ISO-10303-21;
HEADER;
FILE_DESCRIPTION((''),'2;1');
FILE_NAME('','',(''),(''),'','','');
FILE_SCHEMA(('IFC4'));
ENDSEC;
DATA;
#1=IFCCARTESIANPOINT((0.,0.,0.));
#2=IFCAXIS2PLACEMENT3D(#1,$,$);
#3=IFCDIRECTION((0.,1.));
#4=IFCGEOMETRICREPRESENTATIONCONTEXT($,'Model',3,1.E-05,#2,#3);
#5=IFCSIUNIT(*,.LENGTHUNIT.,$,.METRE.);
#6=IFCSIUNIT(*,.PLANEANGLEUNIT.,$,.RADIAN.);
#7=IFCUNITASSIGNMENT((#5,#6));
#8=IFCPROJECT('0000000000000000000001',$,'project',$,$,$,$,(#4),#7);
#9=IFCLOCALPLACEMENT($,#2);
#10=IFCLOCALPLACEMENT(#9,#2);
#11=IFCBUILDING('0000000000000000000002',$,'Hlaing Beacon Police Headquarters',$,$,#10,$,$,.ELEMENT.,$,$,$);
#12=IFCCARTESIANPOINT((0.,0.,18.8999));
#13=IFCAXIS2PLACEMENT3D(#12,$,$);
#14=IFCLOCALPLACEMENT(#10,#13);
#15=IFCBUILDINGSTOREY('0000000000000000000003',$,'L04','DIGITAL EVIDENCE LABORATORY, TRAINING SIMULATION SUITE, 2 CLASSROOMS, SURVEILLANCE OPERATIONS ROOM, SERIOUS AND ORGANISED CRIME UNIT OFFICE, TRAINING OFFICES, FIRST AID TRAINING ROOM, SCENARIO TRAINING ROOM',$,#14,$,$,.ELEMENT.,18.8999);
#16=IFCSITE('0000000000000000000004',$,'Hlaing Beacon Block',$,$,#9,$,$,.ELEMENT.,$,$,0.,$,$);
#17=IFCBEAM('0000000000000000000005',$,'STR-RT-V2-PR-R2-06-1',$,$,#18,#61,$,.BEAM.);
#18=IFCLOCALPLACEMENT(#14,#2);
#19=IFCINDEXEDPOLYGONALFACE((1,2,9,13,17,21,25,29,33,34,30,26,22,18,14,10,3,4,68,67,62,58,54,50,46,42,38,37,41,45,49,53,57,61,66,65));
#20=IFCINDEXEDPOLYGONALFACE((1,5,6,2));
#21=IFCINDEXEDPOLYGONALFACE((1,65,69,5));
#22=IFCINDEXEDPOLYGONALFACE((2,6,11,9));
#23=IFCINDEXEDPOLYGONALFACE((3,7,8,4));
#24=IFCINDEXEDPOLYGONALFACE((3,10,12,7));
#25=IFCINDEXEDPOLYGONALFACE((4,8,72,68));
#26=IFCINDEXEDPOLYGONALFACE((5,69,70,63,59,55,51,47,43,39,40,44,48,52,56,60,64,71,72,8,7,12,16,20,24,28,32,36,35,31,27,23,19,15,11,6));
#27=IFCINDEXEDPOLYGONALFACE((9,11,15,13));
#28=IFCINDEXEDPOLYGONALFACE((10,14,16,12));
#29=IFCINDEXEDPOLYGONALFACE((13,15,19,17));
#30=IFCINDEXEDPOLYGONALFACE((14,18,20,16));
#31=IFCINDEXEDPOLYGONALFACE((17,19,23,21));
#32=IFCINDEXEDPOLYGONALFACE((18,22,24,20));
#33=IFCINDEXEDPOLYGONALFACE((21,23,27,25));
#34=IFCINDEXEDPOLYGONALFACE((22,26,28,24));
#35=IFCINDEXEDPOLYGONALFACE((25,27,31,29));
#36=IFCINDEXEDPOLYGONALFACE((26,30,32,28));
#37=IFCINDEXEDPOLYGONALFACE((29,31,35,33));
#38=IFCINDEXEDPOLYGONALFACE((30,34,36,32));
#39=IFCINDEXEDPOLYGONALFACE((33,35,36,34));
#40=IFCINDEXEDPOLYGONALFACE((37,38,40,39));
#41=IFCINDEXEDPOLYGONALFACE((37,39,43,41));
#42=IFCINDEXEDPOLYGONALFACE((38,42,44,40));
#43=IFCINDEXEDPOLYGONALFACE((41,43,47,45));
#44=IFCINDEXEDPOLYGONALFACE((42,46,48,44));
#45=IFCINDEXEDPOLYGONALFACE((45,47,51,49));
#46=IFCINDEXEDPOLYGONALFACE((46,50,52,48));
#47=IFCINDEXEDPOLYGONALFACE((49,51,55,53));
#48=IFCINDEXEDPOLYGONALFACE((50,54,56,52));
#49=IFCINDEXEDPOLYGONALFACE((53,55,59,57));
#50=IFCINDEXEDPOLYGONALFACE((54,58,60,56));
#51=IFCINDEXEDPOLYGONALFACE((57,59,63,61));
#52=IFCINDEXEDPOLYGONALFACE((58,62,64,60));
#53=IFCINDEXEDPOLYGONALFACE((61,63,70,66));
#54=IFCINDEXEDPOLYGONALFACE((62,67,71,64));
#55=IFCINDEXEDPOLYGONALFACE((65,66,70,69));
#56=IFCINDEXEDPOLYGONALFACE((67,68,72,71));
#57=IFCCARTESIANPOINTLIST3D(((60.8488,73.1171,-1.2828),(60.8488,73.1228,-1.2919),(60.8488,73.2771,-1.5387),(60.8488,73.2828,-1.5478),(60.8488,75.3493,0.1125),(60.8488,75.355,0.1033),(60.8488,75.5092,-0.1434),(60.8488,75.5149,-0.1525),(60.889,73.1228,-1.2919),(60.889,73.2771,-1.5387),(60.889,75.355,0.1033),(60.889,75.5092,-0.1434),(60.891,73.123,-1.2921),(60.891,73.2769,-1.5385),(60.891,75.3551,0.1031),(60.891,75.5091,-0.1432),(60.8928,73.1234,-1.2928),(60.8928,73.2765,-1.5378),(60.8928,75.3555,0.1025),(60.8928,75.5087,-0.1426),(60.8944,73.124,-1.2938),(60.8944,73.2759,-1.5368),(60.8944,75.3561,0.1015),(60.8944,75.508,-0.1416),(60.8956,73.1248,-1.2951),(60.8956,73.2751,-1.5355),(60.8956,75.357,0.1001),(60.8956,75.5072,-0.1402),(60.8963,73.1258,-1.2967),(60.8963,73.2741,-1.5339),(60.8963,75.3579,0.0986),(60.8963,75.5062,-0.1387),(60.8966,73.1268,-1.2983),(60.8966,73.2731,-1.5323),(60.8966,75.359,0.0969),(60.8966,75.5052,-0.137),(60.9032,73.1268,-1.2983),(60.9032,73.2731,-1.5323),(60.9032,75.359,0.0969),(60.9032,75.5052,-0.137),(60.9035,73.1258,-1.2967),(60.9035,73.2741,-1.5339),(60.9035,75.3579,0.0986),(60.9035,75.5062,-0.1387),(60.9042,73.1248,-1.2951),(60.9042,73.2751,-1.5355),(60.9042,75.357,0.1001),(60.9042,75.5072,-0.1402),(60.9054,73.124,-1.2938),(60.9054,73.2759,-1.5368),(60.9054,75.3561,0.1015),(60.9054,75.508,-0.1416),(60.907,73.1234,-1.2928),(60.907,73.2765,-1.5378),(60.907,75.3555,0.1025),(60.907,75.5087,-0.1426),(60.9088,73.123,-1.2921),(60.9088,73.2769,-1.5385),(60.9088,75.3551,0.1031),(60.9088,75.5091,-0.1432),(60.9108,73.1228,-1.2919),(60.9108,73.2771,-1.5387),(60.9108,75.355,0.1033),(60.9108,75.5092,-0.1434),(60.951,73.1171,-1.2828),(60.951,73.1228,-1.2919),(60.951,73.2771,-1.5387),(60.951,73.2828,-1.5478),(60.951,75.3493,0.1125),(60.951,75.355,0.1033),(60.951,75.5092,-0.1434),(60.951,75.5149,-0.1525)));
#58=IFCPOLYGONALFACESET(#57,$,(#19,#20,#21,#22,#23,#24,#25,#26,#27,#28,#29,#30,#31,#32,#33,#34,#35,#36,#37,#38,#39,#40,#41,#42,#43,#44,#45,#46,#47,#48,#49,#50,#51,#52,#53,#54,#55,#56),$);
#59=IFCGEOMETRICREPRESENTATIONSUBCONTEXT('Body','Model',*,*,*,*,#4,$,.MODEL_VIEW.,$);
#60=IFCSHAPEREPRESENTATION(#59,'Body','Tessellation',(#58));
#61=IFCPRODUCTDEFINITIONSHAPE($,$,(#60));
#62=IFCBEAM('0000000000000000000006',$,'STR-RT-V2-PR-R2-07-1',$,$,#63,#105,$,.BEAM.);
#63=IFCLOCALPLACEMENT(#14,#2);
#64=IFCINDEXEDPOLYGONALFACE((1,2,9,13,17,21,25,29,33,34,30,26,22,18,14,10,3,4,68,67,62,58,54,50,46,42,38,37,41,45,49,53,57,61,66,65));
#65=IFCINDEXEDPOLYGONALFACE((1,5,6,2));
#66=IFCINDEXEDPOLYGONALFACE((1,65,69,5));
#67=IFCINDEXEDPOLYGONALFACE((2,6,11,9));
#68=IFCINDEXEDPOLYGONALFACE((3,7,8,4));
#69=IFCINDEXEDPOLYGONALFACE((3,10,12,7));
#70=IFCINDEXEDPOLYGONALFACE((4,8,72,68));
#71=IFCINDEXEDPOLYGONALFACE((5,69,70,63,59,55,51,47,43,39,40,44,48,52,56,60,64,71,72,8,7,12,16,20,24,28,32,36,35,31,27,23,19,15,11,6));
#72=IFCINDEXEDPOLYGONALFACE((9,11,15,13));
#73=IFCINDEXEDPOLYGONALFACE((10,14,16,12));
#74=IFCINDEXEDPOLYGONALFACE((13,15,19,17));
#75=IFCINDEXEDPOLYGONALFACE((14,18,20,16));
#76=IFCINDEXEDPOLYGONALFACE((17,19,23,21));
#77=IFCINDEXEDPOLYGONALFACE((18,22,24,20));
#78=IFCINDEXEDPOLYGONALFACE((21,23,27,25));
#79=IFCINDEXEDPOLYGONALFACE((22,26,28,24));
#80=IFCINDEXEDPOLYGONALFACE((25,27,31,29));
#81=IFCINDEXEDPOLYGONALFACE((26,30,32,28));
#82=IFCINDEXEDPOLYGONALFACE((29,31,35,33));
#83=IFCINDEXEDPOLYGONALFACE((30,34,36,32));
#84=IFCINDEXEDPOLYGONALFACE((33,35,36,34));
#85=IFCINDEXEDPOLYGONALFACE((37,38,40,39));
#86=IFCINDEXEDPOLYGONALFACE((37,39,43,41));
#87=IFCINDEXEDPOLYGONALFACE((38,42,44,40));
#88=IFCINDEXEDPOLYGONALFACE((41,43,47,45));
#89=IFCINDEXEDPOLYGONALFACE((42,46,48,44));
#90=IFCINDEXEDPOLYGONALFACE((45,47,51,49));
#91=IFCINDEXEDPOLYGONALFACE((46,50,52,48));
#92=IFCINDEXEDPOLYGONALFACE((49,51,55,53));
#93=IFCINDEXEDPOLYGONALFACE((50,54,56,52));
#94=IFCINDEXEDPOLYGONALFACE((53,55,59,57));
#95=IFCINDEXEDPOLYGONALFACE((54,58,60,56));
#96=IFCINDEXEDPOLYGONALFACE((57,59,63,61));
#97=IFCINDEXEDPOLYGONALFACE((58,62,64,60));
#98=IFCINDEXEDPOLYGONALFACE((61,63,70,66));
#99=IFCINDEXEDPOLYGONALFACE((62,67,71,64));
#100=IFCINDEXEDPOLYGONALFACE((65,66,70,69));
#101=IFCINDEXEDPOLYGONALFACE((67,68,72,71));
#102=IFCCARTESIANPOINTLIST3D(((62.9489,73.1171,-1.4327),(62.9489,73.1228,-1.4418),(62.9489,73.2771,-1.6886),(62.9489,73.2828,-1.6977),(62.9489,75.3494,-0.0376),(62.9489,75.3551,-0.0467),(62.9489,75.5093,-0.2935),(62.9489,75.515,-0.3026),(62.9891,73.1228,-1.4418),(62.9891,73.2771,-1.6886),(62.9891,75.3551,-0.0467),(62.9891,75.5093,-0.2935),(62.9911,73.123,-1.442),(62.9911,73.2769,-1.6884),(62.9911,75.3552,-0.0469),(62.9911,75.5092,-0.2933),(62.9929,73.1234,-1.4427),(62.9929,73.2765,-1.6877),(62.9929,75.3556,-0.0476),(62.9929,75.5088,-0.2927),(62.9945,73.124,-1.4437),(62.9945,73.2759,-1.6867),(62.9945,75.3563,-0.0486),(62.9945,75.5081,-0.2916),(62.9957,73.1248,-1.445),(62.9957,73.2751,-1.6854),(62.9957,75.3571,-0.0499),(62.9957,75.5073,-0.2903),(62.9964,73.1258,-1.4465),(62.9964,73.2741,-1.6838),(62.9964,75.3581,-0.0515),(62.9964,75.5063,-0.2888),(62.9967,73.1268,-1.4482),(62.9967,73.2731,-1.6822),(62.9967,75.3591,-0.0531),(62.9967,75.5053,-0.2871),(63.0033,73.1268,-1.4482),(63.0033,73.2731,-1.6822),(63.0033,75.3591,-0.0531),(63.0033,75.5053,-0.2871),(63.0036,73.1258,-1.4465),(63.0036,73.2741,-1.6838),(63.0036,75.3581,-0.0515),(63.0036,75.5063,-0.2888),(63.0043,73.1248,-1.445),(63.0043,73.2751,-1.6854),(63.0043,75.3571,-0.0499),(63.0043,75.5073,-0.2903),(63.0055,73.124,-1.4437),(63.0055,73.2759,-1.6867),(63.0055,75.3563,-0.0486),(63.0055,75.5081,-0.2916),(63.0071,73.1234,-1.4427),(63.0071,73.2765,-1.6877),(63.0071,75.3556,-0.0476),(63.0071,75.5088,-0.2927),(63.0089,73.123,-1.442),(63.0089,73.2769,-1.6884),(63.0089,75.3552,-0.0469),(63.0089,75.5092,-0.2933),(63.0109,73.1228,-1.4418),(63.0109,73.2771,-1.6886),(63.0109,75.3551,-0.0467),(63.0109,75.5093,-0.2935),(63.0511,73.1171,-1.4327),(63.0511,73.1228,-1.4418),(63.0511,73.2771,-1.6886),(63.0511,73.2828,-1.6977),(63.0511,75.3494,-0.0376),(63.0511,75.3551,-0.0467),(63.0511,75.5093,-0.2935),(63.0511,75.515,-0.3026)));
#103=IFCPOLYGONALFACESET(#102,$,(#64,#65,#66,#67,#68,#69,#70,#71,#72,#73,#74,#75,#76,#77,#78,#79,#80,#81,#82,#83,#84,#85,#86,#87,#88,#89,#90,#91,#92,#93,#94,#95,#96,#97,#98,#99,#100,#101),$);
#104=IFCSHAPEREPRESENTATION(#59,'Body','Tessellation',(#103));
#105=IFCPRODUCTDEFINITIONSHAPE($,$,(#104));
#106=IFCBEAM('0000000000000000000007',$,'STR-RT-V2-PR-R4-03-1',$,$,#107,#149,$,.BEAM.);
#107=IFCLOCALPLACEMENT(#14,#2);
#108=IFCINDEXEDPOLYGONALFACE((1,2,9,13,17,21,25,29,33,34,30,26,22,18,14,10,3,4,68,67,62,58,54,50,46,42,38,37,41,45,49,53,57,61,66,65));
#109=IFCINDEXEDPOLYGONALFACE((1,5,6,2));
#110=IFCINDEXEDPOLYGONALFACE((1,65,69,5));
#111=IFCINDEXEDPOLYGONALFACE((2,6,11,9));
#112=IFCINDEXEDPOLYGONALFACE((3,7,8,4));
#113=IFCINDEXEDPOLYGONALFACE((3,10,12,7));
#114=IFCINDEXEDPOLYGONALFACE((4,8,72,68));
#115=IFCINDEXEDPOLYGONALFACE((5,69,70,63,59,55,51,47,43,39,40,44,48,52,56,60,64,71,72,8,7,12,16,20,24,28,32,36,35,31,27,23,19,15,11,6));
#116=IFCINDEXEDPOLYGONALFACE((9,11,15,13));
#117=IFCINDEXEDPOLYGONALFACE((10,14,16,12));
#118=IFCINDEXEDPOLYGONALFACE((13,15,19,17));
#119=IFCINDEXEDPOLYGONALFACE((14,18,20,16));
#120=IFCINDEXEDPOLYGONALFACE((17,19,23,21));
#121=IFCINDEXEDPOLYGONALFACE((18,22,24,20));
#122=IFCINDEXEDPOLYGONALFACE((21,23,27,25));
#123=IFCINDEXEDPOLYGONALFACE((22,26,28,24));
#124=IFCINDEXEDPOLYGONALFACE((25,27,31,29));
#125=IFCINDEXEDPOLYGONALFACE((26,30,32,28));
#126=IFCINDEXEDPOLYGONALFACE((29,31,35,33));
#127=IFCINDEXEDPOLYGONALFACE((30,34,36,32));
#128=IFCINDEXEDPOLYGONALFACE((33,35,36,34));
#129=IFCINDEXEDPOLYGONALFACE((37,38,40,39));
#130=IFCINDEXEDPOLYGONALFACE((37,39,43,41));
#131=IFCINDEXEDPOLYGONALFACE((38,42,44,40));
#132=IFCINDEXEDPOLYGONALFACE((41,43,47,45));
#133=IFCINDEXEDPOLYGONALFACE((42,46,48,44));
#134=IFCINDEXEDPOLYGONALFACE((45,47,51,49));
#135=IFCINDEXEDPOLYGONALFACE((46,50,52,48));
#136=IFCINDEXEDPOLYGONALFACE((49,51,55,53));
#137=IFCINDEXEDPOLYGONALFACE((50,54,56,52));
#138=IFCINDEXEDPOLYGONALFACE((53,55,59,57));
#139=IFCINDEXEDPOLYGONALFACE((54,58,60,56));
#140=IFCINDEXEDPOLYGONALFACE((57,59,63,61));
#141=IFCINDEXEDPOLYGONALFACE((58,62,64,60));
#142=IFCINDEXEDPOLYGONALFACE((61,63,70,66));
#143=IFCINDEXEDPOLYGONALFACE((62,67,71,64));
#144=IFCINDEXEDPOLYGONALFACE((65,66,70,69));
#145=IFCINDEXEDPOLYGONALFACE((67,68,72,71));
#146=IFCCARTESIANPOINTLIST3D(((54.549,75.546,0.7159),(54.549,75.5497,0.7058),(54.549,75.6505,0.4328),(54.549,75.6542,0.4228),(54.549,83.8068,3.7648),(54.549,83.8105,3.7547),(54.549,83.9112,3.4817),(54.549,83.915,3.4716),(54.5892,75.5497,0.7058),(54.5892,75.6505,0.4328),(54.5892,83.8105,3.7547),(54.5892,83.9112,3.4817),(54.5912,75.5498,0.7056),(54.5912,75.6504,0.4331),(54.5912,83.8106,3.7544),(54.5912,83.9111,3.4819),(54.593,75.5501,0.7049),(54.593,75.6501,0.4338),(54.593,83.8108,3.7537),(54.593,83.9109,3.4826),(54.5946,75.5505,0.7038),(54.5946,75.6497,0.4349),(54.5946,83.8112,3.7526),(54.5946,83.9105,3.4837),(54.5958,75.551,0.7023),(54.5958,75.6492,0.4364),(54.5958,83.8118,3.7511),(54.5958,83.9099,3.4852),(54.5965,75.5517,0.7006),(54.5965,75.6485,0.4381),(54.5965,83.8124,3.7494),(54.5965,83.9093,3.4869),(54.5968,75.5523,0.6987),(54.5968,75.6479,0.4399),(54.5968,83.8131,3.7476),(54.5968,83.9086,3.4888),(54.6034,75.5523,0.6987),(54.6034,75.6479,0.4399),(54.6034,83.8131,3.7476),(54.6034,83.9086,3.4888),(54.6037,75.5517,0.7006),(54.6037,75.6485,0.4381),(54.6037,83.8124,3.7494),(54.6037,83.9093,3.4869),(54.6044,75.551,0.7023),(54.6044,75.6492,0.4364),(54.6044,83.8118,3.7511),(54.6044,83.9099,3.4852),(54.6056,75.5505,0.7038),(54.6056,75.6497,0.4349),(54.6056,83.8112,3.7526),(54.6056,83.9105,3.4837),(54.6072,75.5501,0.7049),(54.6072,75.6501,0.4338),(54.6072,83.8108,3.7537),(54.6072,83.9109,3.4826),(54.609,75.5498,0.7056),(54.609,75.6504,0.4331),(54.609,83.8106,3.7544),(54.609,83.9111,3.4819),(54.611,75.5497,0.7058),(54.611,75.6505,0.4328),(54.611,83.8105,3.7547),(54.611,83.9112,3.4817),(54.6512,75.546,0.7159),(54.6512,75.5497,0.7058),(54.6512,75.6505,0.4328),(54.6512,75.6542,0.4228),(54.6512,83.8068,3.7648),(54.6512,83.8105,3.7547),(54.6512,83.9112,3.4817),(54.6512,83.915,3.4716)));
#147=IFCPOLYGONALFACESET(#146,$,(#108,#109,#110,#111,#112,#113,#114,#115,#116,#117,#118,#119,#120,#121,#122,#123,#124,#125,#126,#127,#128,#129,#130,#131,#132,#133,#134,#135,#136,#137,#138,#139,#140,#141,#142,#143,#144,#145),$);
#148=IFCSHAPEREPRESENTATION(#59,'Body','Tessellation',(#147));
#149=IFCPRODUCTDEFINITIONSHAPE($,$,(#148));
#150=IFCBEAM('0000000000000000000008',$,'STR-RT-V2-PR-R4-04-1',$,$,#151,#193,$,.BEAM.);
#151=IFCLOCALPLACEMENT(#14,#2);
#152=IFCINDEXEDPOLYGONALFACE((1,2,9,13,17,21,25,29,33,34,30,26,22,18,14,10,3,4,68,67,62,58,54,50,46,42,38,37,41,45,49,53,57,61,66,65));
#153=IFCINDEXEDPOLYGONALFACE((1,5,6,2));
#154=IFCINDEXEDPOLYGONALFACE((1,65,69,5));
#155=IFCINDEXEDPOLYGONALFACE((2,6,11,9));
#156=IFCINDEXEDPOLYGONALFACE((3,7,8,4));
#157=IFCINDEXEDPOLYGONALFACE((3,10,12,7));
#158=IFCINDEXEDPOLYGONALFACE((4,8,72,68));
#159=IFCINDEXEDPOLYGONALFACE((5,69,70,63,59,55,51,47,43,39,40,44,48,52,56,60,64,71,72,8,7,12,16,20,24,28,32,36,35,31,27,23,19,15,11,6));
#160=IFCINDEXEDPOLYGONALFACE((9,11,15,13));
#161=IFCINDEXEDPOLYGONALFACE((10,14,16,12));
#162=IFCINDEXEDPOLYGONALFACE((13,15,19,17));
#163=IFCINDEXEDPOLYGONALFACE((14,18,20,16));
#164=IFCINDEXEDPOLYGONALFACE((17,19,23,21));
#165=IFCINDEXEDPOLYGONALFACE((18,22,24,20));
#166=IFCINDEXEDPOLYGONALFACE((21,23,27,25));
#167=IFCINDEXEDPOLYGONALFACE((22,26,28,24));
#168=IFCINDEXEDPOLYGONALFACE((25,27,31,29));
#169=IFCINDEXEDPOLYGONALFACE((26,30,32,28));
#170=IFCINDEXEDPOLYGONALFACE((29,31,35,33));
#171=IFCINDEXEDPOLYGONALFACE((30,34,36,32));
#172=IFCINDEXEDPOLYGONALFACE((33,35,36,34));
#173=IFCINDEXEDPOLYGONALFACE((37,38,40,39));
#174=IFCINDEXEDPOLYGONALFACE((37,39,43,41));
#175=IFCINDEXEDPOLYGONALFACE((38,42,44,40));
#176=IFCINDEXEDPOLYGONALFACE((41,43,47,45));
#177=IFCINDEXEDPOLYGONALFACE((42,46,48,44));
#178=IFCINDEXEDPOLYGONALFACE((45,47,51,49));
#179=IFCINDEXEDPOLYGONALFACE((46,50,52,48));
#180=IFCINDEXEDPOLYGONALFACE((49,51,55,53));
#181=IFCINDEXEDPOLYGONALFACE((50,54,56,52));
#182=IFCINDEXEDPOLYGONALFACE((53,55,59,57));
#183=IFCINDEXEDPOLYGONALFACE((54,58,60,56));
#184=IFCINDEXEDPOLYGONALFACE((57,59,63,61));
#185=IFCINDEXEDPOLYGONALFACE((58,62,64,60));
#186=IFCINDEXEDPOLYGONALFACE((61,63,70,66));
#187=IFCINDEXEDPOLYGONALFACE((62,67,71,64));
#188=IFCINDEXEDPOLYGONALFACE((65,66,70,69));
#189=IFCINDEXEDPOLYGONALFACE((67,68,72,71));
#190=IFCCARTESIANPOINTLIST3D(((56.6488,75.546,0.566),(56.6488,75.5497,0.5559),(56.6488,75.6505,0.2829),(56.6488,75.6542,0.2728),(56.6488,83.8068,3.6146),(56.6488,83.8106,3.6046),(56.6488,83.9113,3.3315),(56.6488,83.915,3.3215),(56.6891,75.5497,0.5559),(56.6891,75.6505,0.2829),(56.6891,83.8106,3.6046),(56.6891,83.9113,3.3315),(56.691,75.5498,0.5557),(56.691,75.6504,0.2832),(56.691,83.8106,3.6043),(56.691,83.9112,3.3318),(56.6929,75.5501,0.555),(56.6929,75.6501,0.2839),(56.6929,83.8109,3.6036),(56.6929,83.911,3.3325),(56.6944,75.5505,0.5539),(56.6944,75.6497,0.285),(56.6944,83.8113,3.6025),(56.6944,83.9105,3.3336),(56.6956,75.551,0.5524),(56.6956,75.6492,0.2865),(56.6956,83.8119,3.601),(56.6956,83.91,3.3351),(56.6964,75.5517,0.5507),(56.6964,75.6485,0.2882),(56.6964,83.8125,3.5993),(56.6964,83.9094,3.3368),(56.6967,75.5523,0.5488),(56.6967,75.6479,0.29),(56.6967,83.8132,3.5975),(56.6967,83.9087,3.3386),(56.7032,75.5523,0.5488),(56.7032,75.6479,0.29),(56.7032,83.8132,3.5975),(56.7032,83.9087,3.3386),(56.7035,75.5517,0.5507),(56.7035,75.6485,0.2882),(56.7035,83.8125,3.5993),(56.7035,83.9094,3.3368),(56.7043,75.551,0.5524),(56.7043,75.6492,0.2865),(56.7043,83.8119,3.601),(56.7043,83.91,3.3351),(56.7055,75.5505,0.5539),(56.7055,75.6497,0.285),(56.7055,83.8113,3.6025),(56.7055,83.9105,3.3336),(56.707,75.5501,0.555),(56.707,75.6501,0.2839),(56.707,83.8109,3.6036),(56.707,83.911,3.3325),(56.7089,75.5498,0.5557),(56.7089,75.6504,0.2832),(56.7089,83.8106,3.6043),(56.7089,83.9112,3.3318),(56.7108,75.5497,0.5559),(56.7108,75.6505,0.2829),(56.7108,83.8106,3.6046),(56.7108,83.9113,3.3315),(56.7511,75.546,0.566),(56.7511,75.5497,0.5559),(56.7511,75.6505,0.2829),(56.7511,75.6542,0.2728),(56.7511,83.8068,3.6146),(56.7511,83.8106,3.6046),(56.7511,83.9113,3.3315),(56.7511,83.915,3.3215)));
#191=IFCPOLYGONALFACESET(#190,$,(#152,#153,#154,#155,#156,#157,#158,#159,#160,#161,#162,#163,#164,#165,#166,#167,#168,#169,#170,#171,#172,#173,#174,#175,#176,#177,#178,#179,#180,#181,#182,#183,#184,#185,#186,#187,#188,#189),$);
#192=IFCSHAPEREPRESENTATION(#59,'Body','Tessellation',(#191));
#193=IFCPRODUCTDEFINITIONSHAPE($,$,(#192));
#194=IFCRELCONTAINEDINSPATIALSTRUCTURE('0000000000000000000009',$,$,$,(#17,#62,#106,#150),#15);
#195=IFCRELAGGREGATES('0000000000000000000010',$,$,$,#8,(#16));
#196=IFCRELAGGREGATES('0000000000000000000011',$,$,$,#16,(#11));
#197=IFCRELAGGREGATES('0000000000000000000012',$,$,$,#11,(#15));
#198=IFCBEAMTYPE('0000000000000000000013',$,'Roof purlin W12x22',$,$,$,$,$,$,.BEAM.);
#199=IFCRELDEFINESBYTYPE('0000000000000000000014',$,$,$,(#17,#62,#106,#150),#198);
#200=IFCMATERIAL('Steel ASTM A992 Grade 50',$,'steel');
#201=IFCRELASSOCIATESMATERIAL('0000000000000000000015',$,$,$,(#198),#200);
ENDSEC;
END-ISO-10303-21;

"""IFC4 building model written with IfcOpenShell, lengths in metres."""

from ifc_helpers import new_model, si_unit, direction, frame, origin, origin_2d, place, context, subcontext, project, spatial, i_section, extrude, material, material_profile, profile_set, type_object, element, save


model = new_model("IFC4")

# Units and contexts
model_context = context("Model", 3, precision=1e-05, world=origin(), true_north=direction((0.0, 1.0)))
body_context = subcontext(model_context, "Body", "Model", "MODEL_VIEW")
ifc_project = project(units=[si_unit("LENGTHUNIT", "METRE"), si_unit("PLANEANGLEUNIT", "RADIAN")], contexts=[model_context])

# Site, building, storey
site_placement = place(None, origin())
site = spatial("IfcSite", under=ifc_project, at=site_placement, Name="Hlaing Beacon Block", CompositionType="ELEMENT", RefElevation=0.0)
building_placement = place(site_placement, origin())
building = spatial("IfcBuilding", under=site, at=building_placement, Name="Hlaing Beacon Police Headquarters", CompositionType="ELEMENT")
storey_placement = place(building_placement, frame((0.0, 0.0, 18.8999)))
storey = spatial("IfcBuildingStorey", under=building, at=storey_placement, Name="L04", Description="DIGITAL EVIDENCE LABORATORY, TRAINING SIMULATION SUITE, 2 CLASSROOMS, SURVEILLANCE OPERATIONS ROOM, SERIOUS AND ORGANISED CRIME UNIT OFFICE, TRAINING OFFICES, FIRST AID TRAINING ROOM, SCENARIO TRAINING ROOM", CompositionType="ELEMENT", Elevation=18.8999)

# Beams
ifc_material_1 = material(Name="Steel ASTM A992 Grade 50", Category="steel")
ifc_material_profile_1 = material_profile(ifc_material_1, i_section(OverallWidth=0.1023, OverallDepth=0.3125, WebThickness=0.0066, FlangeThickness=0.0107, FilletRadius=0.0076, at=origin_2d()), Name="W12x22")
ifc_profile_set_1 = profile_set([ifc_material_profile_1], Name="Steel ASTM A992 Grade 50")
beam_type_1 = type_object("IfcBeamType", Name="Roof purlin W12x22", PredefinedType="BEAM", material=ifc_profile_set_1)
for number, where, z_axis, x_axis, name in (
    (1, (60.8999, 73.2, -1.4153), (0.0, 0.847972, 0.530041), (-1.0, 0.0, 0.0), "STR-RT-V2-PR-R2-06-1"),
    (2, (63.0, 73.2, -1.5652), (0.0, 0.848014, 0.529974), (-1.0, 0.0, 0.0), "STR-RT-V2-PR-R2-07-1"),
):
    element("IfcBeam", number, at=place(storey_placement, frame(where, z_axis=z_axis, x_axis=x_axis)), inside=storey, type_object=beam_type_1, Name=name, PredefinedType="BEAM", context=body_context, shape_type="SweptSolid", body=[
        extrude(i_section(OverallWidth=0.1023, OverallDepth=0.3125, WebThickness=0.0066, FlangeThickness=0.0107, FilletRadius=0.0076, at=origin_2d()), origin(), (0.0, 0.0, 1.0), 2.6323),
    ])
for number, where, z_axis, x_axis, name in (
    (3, (54.6001, 75.6001, 0.5693), (0.0, 0.938144, 0.346245), (-1.0, 0.0, 0.0), "STR-RT-V2-PR-R4-03-1"),
    (4, (56.7, 75.6001, 0.4194), (0.0, 0.938153, 0.346221), (-1.0, 0.0, 0.0), "STR-RT-V2-PR-R4-04-1"),
):
    element("IfcBeam", number, at=place(storey_placement, frame(where, z_axis=z_axis, x_axis=x_axis)), inside=storey, type_object=beam_type_1, Name=name, PredefinedType="BEAM", context=body_context, shape_type="SweptSolid", body=[
        extrude(i_section(OverallWidth=0.1023, OverallDepth=0.3125, WebThickness=0.0066, FlangeThickness=0.0107, FilletRadius=0.0076, at=origin_2d()), origin(), (0.0, 0.0, 1.0), 8.8054),
    ])

save(model, "model.ifc")
